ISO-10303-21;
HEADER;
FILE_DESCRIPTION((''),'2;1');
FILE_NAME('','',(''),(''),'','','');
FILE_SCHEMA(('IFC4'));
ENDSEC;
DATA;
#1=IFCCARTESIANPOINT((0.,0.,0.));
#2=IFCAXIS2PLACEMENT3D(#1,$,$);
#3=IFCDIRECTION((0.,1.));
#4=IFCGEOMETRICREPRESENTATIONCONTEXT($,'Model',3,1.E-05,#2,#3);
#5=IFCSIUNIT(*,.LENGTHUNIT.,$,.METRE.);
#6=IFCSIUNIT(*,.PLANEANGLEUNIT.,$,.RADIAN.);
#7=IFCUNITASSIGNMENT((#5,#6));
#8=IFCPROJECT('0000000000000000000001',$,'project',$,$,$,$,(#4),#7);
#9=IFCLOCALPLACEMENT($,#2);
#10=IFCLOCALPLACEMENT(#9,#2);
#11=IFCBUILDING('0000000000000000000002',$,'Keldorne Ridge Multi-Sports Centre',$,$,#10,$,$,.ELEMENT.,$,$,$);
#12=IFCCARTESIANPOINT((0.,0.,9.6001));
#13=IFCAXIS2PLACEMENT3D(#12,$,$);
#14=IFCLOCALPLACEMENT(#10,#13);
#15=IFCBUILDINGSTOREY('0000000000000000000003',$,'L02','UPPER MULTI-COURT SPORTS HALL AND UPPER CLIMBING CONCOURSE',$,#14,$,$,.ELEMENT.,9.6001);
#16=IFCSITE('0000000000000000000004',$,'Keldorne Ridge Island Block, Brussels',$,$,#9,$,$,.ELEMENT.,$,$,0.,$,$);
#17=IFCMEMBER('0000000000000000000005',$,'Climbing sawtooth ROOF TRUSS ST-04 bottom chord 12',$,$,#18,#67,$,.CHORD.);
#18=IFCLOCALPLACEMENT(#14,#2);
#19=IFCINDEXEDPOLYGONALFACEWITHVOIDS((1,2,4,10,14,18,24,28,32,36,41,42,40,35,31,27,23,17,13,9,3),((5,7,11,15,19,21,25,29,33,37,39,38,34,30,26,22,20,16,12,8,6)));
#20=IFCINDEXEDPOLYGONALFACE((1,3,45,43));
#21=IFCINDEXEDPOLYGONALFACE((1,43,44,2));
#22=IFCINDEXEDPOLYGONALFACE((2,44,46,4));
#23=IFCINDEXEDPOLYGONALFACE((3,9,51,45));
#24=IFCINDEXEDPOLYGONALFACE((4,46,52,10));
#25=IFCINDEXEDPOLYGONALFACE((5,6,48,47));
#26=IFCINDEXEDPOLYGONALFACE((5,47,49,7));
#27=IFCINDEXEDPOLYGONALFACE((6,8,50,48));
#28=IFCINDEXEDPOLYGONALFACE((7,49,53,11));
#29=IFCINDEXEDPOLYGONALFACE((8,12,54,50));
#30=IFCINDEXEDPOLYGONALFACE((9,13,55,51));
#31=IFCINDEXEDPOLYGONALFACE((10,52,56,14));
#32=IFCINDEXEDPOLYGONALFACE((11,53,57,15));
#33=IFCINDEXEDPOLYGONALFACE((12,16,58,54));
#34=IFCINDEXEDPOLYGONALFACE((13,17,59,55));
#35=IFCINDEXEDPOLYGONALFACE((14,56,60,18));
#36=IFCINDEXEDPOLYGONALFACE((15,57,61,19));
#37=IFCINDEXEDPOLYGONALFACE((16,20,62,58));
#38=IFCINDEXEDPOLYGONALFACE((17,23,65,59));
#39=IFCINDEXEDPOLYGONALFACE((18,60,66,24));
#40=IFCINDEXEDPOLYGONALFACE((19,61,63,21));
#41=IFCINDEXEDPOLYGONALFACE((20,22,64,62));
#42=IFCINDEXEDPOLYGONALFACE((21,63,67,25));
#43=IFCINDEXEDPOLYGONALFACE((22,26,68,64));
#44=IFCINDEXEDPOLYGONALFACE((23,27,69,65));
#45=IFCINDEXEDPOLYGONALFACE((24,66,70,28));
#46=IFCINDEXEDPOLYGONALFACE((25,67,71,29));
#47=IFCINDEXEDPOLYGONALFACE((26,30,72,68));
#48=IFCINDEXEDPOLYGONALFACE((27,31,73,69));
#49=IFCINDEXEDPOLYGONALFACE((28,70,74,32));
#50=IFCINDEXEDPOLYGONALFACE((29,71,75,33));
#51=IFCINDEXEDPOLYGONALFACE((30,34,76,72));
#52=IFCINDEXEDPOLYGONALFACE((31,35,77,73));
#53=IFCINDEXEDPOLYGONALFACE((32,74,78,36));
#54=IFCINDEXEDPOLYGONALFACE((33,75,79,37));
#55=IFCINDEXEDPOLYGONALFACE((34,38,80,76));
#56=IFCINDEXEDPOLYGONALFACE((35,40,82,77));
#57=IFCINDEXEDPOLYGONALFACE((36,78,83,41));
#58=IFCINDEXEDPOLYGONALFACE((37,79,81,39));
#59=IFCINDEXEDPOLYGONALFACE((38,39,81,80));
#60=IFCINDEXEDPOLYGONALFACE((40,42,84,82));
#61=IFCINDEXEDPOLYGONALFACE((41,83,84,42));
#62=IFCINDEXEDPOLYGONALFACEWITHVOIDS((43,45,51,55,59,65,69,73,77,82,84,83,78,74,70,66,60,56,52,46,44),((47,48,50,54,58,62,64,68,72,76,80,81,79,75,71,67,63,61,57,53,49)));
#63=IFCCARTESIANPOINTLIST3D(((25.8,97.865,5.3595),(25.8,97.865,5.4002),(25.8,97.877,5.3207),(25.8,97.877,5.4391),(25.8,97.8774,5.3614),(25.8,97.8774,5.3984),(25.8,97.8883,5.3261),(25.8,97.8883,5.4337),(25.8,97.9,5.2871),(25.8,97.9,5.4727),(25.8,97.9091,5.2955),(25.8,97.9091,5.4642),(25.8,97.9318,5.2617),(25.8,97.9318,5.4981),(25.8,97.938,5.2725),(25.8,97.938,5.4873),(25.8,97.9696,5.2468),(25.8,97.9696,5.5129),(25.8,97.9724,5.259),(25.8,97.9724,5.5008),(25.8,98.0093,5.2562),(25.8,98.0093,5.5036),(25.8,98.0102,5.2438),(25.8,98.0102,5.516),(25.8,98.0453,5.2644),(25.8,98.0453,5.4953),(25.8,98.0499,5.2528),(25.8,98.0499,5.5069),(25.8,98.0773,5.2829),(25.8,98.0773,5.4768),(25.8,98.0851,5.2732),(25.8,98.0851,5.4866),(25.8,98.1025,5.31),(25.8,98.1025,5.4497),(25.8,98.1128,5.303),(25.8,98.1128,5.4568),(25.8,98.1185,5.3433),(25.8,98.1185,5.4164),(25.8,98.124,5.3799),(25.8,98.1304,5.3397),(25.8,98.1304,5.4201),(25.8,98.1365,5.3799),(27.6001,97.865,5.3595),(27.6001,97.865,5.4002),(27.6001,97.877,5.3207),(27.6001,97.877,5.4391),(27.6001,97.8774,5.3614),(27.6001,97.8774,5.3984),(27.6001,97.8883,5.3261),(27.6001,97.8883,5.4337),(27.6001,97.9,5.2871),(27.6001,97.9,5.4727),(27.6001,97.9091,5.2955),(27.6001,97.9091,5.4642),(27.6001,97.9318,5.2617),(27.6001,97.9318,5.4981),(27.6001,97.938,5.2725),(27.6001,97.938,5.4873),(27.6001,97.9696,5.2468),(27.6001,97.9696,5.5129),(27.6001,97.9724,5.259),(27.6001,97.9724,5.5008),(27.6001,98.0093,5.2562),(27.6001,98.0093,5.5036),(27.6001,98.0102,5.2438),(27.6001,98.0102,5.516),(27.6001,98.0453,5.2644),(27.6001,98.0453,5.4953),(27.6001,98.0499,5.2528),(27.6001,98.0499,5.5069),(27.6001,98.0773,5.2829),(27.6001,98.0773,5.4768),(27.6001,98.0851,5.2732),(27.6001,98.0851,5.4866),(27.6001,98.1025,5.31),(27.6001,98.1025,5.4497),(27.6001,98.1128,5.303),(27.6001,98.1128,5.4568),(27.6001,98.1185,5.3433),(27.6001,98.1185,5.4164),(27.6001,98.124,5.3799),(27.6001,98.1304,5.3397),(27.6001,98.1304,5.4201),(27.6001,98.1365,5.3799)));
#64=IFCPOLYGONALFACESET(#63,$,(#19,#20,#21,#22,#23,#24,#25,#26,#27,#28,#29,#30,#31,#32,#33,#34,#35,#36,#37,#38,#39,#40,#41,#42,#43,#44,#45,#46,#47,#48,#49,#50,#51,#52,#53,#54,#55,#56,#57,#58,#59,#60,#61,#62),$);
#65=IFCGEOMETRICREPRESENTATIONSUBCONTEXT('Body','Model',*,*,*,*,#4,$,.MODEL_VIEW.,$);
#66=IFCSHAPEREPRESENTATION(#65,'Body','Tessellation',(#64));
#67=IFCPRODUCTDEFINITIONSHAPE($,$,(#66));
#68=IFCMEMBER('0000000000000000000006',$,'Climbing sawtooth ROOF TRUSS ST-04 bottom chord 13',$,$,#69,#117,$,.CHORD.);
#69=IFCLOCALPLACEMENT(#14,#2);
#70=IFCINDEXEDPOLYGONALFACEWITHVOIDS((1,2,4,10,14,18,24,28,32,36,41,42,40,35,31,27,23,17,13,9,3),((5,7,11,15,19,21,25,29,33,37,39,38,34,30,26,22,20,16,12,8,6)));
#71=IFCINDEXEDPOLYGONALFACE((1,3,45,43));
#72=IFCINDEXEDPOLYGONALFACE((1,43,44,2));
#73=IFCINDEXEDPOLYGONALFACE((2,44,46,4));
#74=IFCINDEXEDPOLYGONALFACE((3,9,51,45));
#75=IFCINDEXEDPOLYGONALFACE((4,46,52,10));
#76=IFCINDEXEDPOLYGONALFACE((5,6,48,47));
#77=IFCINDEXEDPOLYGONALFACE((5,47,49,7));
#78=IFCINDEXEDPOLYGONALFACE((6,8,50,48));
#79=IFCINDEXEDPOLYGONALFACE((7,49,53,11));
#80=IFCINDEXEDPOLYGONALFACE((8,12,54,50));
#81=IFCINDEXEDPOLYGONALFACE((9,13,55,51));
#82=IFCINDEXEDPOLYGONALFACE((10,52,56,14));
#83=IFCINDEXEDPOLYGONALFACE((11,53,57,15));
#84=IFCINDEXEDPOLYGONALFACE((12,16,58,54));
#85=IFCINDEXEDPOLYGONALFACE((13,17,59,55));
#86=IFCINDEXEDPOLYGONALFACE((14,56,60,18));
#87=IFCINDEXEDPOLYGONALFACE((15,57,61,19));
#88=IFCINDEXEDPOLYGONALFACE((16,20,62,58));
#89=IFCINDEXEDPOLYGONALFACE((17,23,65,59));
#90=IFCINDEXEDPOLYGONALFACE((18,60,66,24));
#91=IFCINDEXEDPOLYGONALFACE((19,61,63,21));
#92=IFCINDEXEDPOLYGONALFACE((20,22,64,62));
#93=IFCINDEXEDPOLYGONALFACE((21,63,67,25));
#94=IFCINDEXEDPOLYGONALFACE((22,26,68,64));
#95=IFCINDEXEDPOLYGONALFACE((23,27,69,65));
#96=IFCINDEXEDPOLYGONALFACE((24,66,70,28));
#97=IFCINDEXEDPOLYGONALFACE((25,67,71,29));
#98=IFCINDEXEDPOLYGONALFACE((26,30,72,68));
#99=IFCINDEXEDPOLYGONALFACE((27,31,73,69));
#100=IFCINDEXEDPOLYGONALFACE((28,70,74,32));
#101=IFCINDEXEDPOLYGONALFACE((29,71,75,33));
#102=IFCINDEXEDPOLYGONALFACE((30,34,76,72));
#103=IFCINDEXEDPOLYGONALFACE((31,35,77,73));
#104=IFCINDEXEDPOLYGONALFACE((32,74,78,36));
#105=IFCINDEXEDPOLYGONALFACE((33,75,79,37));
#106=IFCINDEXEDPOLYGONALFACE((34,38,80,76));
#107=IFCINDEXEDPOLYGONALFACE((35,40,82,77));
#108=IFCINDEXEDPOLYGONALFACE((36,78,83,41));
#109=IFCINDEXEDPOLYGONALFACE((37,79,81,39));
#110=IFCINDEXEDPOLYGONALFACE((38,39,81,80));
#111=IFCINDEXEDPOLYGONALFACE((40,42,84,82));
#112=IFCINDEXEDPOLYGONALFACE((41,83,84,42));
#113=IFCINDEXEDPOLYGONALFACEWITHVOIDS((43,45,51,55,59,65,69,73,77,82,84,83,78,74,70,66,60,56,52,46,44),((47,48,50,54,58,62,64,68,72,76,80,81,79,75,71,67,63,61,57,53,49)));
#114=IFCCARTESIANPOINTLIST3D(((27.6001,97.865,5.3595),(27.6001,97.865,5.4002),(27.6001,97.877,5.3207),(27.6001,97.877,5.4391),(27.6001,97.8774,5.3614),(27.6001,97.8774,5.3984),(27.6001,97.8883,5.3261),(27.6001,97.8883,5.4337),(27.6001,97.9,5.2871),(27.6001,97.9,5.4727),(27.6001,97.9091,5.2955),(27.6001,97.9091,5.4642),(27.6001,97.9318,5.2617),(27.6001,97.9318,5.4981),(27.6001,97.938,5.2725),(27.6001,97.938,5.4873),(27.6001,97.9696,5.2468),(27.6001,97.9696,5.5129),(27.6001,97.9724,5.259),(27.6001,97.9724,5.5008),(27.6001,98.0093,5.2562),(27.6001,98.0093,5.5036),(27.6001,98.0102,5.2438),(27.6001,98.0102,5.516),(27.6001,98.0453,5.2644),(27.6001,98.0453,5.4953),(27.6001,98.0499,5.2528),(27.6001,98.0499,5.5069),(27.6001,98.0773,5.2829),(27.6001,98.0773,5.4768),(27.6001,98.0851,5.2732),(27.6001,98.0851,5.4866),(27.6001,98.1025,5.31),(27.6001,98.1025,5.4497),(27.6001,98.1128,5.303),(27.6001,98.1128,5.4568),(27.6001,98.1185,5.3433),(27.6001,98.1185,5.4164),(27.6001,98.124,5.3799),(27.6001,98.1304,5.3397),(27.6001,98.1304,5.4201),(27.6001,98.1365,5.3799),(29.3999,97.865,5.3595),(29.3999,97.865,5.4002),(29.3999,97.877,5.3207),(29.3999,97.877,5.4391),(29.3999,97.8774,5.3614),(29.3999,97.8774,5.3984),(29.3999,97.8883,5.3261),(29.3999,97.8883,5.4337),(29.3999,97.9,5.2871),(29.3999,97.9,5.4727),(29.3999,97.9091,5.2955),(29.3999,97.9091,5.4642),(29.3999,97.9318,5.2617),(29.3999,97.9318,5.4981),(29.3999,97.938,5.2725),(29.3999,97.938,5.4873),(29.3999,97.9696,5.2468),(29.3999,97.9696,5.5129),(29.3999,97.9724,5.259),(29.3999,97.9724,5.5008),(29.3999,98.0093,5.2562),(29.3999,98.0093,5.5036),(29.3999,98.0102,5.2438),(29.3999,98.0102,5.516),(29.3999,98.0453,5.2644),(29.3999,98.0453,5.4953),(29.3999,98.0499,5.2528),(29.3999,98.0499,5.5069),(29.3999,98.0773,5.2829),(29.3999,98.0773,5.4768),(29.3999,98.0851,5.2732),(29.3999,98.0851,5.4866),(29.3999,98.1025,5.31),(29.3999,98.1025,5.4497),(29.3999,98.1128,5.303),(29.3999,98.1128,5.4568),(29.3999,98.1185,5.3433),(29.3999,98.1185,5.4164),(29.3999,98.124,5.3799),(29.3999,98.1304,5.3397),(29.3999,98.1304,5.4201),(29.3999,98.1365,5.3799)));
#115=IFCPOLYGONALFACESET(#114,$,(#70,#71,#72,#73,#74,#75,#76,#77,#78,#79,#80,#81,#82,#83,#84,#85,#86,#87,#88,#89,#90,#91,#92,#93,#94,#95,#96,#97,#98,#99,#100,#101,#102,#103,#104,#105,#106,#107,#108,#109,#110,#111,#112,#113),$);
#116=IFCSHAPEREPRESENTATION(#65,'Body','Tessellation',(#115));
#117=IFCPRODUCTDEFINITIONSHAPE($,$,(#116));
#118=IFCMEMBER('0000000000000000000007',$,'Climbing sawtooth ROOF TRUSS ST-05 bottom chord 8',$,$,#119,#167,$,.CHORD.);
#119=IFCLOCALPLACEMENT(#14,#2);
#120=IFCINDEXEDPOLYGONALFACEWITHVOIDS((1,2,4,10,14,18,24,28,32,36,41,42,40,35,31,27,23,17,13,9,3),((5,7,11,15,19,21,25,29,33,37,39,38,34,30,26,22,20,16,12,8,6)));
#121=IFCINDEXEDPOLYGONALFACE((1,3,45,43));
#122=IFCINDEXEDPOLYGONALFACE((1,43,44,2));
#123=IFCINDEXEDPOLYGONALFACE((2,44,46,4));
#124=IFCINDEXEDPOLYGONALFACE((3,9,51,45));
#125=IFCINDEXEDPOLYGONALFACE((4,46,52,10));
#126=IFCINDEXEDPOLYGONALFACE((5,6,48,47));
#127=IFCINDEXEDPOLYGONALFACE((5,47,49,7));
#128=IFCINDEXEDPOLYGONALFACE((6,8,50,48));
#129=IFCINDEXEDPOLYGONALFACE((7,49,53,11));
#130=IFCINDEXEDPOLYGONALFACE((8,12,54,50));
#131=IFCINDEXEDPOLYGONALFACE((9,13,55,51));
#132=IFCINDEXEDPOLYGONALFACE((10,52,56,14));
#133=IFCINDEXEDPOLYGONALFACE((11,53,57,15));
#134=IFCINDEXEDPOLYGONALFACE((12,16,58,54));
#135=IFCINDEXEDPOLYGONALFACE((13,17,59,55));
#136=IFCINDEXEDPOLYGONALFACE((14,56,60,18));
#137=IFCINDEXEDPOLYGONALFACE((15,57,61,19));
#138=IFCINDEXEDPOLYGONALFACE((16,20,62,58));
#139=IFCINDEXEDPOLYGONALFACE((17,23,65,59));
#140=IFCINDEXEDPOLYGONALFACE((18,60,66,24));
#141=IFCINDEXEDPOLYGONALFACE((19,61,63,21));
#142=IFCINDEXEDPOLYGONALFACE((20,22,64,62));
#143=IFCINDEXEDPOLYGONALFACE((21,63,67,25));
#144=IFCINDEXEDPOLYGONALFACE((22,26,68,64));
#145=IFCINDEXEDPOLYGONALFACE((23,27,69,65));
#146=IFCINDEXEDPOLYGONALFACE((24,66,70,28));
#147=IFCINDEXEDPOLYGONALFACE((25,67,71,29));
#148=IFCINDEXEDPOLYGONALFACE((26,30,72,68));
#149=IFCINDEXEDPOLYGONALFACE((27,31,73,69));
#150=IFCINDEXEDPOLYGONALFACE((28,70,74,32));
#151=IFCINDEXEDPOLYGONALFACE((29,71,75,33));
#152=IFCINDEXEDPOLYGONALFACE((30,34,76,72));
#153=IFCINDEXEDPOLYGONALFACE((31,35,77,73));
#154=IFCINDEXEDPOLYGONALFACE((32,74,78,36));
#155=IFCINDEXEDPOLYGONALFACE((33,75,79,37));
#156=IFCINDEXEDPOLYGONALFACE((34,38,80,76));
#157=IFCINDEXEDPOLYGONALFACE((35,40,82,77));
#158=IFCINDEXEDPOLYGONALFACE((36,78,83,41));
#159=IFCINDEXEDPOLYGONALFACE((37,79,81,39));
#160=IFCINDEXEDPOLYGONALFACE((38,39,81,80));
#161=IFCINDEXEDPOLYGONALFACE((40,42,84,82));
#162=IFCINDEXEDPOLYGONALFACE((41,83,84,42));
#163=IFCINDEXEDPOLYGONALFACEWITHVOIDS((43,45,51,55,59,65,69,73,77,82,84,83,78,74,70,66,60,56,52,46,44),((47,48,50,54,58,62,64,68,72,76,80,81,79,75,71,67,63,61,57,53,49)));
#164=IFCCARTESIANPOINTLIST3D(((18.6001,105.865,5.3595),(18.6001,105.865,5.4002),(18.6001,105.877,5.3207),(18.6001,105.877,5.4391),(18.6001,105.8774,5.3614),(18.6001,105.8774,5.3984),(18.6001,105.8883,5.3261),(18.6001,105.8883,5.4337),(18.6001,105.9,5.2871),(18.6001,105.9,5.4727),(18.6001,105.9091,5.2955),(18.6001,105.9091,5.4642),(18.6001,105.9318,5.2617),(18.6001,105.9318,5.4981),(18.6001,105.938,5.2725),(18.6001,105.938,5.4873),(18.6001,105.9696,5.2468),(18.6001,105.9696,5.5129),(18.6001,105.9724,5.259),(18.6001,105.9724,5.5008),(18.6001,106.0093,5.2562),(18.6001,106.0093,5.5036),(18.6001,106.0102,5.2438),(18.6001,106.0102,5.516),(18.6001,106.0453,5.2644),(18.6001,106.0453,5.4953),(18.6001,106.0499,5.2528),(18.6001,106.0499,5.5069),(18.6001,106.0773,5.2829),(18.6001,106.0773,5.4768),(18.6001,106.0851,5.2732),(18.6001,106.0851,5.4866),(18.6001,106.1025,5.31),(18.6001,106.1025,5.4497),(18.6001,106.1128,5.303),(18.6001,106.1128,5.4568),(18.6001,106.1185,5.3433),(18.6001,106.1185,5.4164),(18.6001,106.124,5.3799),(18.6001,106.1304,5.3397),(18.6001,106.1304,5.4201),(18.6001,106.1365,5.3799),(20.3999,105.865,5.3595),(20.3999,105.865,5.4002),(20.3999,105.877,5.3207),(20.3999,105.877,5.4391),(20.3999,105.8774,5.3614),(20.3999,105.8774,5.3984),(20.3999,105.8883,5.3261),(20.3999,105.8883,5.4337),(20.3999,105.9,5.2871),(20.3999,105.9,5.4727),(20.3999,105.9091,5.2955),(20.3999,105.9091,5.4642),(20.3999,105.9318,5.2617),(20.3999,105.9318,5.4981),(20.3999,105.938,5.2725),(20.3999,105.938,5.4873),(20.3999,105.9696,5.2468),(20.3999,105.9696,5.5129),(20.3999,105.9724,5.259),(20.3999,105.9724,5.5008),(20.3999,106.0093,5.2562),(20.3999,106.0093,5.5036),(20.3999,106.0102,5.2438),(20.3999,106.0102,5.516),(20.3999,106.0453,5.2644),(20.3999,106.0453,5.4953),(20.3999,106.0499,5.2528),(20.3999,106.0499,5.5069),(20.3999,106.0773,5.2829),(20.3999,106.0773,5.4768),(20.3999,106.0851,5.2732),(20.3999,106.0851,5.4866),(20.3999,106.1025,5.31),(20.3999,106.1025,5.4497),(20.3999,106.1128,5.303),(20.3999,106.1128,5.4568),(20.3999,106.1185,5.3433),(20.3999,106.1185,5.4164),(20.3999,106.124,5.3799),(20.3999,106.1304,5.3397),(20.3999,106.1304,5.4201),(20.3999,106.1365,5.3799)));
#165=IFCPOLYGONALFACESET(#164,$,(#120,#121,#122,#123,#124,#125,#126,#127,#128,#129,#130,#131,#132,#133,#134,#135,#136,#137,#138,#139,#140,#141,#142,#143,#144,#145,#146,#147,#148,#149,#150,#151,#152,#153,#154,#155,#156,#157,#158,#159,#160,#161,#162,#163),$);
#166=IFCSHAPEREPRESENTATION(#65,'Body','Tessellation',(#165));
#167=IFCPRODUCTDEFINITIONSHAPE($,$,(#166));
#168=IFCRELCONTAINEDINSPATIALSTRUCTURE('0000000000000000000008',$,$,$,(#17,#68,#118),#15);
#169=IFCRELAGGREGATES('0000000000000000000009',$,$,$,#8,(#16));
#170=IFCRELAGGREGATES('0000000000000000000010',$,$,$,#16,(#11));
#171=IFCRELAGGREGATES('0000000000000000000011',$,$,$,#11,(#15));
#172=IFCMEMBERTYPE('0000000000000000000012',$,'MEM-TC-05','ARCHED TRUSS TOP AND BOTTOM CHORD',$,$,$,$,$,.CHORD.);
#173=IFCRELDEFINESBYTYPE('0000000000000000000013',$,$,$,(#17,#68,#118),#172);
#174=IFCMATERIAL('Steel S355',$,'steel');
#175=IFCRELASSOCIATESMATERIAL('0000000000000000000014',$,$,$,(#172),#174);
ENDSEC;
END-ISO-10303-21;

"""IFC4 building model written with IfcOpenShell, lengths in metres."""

from ifc_helpers import new_model, si_unit, direction, frame, origin, origin_2d, place, context, subcontext, project, spatial, hollow_circle, extrude, material, material_profile, profile_set, type_object, element, save


model = new_model("IFC4")

# Units and contexts
model_context = context("Model", 3, precision=1e-05, world=origin(), true_north=direction((0.0, 1.0)))
body_context = subcontext(model_context, "Body", "Model", "MODEL_VIEW")
ifc_project = project(units=[si_unit("LENGTHUNIT", "METRE"), si_unit("PLANEANGLEUNIT", "RADIAN")], contexts=[model_context])

# Site, building, storey
site_placement = place(None, origin())
site = spatial("IfcSite", under=ifc_project, at=site_placement, Name="Keldorne Ridge Island Block, Brussels", CompositionType="ELEMENT", RefElevation=0.0)
building_placement = place(site_placement, origin())
building = spatial("IfcBuilding", under=site, at=building_placement, Name="Keldorne Ridge Multi-Sports Centre", CompositionType="ELEMENT")
storey_placement = place(building_placement, frame((0.0, 0.0, 9.6001)))
storey = spatial("IfcBuildingStorey", under=building, at=storey_placement, Name="L02", Description="UPPER MULTI-COURT SPORTS HALL AND UPPER CLIMBING CONCOURSE", CompositionType="ELEMENT", Elevation=9.6001)

# Shared definitions
ifc_material = material(Name="Steel S355", Category="steel")

# Members
ifc_material_profile_1 = material_profile(ifc_material, hollow_circle(Radius=0.1365, WallThickness=0.0125, at=origin_2d()), Name="CHS 273x12.5")
ifc_profile_set_1 = profile_set([ifc_material_profile_1], Name="Steel S355")
member_type_1 = type_object("IfcMemberType", Name="MEM-TC-05", Description="ARCHED TRUSS TOP AND BOTTOM CHORD", PredefinedType="CHORD", material=ifc_profile_set_1)
for number, where, z_axis, x_axis, name in (
    (1, (25.8, 98.0, 5.3799), (1.0, 0.0, 0.0), (0.0, 1.0, 0.0), "Climbing sawtooth ROOF TRUSS ST-04 bottom chord 12"),
):
    element("IfcMember", number, at=place(storey_placement, frame(where, z_axis=z_axis, x_axis=x_axis)), inside=storey, type_object=member_type_1, Name=name, PredefinedType="CHORD", context=body_context, shape_type="SweptSolid", body=[
        extrude(hollow_circle(Radius=0.1365, WallThickness=0.0125, at=origin_2d()), origin(), (0.0, 0.0, 1.0), 1.8),
    ])
for number, where, z_axis, x_axis, name in (
    (2, (27.6001, 98.0, 5.3799), (1.0, 0.0, 0.0), (0.0, 1.0, 0.0), "Climbing sawtooth ROOF TRUSS ST-04 bottom chord 13"),
    (3, (18.6001, 106.0, 5.3799), (1.0, 0.0, 0.0), (0.0, 1.0, 0.0), "Climbing sawtooth ROOF TRUSS ST-05 bottom chord 8"),
):
    element("IfcMember", number, at=place(storey_placement, frame(where, z_axis=z_axis, x_axis=x_axis)), inside=storey, type_object=member_type_1, Name=name, PredefinedType="CHORD", context=body_context, shape_type="SweptSolid", body=[
        extrude(hollow_circle(Radius=0.1365, WallThickness=0.0125, at=origin_2d()), origin(), (0.0, 0.0, 1.0), 1.7998),
    ])

save(model, "model.ifc")
